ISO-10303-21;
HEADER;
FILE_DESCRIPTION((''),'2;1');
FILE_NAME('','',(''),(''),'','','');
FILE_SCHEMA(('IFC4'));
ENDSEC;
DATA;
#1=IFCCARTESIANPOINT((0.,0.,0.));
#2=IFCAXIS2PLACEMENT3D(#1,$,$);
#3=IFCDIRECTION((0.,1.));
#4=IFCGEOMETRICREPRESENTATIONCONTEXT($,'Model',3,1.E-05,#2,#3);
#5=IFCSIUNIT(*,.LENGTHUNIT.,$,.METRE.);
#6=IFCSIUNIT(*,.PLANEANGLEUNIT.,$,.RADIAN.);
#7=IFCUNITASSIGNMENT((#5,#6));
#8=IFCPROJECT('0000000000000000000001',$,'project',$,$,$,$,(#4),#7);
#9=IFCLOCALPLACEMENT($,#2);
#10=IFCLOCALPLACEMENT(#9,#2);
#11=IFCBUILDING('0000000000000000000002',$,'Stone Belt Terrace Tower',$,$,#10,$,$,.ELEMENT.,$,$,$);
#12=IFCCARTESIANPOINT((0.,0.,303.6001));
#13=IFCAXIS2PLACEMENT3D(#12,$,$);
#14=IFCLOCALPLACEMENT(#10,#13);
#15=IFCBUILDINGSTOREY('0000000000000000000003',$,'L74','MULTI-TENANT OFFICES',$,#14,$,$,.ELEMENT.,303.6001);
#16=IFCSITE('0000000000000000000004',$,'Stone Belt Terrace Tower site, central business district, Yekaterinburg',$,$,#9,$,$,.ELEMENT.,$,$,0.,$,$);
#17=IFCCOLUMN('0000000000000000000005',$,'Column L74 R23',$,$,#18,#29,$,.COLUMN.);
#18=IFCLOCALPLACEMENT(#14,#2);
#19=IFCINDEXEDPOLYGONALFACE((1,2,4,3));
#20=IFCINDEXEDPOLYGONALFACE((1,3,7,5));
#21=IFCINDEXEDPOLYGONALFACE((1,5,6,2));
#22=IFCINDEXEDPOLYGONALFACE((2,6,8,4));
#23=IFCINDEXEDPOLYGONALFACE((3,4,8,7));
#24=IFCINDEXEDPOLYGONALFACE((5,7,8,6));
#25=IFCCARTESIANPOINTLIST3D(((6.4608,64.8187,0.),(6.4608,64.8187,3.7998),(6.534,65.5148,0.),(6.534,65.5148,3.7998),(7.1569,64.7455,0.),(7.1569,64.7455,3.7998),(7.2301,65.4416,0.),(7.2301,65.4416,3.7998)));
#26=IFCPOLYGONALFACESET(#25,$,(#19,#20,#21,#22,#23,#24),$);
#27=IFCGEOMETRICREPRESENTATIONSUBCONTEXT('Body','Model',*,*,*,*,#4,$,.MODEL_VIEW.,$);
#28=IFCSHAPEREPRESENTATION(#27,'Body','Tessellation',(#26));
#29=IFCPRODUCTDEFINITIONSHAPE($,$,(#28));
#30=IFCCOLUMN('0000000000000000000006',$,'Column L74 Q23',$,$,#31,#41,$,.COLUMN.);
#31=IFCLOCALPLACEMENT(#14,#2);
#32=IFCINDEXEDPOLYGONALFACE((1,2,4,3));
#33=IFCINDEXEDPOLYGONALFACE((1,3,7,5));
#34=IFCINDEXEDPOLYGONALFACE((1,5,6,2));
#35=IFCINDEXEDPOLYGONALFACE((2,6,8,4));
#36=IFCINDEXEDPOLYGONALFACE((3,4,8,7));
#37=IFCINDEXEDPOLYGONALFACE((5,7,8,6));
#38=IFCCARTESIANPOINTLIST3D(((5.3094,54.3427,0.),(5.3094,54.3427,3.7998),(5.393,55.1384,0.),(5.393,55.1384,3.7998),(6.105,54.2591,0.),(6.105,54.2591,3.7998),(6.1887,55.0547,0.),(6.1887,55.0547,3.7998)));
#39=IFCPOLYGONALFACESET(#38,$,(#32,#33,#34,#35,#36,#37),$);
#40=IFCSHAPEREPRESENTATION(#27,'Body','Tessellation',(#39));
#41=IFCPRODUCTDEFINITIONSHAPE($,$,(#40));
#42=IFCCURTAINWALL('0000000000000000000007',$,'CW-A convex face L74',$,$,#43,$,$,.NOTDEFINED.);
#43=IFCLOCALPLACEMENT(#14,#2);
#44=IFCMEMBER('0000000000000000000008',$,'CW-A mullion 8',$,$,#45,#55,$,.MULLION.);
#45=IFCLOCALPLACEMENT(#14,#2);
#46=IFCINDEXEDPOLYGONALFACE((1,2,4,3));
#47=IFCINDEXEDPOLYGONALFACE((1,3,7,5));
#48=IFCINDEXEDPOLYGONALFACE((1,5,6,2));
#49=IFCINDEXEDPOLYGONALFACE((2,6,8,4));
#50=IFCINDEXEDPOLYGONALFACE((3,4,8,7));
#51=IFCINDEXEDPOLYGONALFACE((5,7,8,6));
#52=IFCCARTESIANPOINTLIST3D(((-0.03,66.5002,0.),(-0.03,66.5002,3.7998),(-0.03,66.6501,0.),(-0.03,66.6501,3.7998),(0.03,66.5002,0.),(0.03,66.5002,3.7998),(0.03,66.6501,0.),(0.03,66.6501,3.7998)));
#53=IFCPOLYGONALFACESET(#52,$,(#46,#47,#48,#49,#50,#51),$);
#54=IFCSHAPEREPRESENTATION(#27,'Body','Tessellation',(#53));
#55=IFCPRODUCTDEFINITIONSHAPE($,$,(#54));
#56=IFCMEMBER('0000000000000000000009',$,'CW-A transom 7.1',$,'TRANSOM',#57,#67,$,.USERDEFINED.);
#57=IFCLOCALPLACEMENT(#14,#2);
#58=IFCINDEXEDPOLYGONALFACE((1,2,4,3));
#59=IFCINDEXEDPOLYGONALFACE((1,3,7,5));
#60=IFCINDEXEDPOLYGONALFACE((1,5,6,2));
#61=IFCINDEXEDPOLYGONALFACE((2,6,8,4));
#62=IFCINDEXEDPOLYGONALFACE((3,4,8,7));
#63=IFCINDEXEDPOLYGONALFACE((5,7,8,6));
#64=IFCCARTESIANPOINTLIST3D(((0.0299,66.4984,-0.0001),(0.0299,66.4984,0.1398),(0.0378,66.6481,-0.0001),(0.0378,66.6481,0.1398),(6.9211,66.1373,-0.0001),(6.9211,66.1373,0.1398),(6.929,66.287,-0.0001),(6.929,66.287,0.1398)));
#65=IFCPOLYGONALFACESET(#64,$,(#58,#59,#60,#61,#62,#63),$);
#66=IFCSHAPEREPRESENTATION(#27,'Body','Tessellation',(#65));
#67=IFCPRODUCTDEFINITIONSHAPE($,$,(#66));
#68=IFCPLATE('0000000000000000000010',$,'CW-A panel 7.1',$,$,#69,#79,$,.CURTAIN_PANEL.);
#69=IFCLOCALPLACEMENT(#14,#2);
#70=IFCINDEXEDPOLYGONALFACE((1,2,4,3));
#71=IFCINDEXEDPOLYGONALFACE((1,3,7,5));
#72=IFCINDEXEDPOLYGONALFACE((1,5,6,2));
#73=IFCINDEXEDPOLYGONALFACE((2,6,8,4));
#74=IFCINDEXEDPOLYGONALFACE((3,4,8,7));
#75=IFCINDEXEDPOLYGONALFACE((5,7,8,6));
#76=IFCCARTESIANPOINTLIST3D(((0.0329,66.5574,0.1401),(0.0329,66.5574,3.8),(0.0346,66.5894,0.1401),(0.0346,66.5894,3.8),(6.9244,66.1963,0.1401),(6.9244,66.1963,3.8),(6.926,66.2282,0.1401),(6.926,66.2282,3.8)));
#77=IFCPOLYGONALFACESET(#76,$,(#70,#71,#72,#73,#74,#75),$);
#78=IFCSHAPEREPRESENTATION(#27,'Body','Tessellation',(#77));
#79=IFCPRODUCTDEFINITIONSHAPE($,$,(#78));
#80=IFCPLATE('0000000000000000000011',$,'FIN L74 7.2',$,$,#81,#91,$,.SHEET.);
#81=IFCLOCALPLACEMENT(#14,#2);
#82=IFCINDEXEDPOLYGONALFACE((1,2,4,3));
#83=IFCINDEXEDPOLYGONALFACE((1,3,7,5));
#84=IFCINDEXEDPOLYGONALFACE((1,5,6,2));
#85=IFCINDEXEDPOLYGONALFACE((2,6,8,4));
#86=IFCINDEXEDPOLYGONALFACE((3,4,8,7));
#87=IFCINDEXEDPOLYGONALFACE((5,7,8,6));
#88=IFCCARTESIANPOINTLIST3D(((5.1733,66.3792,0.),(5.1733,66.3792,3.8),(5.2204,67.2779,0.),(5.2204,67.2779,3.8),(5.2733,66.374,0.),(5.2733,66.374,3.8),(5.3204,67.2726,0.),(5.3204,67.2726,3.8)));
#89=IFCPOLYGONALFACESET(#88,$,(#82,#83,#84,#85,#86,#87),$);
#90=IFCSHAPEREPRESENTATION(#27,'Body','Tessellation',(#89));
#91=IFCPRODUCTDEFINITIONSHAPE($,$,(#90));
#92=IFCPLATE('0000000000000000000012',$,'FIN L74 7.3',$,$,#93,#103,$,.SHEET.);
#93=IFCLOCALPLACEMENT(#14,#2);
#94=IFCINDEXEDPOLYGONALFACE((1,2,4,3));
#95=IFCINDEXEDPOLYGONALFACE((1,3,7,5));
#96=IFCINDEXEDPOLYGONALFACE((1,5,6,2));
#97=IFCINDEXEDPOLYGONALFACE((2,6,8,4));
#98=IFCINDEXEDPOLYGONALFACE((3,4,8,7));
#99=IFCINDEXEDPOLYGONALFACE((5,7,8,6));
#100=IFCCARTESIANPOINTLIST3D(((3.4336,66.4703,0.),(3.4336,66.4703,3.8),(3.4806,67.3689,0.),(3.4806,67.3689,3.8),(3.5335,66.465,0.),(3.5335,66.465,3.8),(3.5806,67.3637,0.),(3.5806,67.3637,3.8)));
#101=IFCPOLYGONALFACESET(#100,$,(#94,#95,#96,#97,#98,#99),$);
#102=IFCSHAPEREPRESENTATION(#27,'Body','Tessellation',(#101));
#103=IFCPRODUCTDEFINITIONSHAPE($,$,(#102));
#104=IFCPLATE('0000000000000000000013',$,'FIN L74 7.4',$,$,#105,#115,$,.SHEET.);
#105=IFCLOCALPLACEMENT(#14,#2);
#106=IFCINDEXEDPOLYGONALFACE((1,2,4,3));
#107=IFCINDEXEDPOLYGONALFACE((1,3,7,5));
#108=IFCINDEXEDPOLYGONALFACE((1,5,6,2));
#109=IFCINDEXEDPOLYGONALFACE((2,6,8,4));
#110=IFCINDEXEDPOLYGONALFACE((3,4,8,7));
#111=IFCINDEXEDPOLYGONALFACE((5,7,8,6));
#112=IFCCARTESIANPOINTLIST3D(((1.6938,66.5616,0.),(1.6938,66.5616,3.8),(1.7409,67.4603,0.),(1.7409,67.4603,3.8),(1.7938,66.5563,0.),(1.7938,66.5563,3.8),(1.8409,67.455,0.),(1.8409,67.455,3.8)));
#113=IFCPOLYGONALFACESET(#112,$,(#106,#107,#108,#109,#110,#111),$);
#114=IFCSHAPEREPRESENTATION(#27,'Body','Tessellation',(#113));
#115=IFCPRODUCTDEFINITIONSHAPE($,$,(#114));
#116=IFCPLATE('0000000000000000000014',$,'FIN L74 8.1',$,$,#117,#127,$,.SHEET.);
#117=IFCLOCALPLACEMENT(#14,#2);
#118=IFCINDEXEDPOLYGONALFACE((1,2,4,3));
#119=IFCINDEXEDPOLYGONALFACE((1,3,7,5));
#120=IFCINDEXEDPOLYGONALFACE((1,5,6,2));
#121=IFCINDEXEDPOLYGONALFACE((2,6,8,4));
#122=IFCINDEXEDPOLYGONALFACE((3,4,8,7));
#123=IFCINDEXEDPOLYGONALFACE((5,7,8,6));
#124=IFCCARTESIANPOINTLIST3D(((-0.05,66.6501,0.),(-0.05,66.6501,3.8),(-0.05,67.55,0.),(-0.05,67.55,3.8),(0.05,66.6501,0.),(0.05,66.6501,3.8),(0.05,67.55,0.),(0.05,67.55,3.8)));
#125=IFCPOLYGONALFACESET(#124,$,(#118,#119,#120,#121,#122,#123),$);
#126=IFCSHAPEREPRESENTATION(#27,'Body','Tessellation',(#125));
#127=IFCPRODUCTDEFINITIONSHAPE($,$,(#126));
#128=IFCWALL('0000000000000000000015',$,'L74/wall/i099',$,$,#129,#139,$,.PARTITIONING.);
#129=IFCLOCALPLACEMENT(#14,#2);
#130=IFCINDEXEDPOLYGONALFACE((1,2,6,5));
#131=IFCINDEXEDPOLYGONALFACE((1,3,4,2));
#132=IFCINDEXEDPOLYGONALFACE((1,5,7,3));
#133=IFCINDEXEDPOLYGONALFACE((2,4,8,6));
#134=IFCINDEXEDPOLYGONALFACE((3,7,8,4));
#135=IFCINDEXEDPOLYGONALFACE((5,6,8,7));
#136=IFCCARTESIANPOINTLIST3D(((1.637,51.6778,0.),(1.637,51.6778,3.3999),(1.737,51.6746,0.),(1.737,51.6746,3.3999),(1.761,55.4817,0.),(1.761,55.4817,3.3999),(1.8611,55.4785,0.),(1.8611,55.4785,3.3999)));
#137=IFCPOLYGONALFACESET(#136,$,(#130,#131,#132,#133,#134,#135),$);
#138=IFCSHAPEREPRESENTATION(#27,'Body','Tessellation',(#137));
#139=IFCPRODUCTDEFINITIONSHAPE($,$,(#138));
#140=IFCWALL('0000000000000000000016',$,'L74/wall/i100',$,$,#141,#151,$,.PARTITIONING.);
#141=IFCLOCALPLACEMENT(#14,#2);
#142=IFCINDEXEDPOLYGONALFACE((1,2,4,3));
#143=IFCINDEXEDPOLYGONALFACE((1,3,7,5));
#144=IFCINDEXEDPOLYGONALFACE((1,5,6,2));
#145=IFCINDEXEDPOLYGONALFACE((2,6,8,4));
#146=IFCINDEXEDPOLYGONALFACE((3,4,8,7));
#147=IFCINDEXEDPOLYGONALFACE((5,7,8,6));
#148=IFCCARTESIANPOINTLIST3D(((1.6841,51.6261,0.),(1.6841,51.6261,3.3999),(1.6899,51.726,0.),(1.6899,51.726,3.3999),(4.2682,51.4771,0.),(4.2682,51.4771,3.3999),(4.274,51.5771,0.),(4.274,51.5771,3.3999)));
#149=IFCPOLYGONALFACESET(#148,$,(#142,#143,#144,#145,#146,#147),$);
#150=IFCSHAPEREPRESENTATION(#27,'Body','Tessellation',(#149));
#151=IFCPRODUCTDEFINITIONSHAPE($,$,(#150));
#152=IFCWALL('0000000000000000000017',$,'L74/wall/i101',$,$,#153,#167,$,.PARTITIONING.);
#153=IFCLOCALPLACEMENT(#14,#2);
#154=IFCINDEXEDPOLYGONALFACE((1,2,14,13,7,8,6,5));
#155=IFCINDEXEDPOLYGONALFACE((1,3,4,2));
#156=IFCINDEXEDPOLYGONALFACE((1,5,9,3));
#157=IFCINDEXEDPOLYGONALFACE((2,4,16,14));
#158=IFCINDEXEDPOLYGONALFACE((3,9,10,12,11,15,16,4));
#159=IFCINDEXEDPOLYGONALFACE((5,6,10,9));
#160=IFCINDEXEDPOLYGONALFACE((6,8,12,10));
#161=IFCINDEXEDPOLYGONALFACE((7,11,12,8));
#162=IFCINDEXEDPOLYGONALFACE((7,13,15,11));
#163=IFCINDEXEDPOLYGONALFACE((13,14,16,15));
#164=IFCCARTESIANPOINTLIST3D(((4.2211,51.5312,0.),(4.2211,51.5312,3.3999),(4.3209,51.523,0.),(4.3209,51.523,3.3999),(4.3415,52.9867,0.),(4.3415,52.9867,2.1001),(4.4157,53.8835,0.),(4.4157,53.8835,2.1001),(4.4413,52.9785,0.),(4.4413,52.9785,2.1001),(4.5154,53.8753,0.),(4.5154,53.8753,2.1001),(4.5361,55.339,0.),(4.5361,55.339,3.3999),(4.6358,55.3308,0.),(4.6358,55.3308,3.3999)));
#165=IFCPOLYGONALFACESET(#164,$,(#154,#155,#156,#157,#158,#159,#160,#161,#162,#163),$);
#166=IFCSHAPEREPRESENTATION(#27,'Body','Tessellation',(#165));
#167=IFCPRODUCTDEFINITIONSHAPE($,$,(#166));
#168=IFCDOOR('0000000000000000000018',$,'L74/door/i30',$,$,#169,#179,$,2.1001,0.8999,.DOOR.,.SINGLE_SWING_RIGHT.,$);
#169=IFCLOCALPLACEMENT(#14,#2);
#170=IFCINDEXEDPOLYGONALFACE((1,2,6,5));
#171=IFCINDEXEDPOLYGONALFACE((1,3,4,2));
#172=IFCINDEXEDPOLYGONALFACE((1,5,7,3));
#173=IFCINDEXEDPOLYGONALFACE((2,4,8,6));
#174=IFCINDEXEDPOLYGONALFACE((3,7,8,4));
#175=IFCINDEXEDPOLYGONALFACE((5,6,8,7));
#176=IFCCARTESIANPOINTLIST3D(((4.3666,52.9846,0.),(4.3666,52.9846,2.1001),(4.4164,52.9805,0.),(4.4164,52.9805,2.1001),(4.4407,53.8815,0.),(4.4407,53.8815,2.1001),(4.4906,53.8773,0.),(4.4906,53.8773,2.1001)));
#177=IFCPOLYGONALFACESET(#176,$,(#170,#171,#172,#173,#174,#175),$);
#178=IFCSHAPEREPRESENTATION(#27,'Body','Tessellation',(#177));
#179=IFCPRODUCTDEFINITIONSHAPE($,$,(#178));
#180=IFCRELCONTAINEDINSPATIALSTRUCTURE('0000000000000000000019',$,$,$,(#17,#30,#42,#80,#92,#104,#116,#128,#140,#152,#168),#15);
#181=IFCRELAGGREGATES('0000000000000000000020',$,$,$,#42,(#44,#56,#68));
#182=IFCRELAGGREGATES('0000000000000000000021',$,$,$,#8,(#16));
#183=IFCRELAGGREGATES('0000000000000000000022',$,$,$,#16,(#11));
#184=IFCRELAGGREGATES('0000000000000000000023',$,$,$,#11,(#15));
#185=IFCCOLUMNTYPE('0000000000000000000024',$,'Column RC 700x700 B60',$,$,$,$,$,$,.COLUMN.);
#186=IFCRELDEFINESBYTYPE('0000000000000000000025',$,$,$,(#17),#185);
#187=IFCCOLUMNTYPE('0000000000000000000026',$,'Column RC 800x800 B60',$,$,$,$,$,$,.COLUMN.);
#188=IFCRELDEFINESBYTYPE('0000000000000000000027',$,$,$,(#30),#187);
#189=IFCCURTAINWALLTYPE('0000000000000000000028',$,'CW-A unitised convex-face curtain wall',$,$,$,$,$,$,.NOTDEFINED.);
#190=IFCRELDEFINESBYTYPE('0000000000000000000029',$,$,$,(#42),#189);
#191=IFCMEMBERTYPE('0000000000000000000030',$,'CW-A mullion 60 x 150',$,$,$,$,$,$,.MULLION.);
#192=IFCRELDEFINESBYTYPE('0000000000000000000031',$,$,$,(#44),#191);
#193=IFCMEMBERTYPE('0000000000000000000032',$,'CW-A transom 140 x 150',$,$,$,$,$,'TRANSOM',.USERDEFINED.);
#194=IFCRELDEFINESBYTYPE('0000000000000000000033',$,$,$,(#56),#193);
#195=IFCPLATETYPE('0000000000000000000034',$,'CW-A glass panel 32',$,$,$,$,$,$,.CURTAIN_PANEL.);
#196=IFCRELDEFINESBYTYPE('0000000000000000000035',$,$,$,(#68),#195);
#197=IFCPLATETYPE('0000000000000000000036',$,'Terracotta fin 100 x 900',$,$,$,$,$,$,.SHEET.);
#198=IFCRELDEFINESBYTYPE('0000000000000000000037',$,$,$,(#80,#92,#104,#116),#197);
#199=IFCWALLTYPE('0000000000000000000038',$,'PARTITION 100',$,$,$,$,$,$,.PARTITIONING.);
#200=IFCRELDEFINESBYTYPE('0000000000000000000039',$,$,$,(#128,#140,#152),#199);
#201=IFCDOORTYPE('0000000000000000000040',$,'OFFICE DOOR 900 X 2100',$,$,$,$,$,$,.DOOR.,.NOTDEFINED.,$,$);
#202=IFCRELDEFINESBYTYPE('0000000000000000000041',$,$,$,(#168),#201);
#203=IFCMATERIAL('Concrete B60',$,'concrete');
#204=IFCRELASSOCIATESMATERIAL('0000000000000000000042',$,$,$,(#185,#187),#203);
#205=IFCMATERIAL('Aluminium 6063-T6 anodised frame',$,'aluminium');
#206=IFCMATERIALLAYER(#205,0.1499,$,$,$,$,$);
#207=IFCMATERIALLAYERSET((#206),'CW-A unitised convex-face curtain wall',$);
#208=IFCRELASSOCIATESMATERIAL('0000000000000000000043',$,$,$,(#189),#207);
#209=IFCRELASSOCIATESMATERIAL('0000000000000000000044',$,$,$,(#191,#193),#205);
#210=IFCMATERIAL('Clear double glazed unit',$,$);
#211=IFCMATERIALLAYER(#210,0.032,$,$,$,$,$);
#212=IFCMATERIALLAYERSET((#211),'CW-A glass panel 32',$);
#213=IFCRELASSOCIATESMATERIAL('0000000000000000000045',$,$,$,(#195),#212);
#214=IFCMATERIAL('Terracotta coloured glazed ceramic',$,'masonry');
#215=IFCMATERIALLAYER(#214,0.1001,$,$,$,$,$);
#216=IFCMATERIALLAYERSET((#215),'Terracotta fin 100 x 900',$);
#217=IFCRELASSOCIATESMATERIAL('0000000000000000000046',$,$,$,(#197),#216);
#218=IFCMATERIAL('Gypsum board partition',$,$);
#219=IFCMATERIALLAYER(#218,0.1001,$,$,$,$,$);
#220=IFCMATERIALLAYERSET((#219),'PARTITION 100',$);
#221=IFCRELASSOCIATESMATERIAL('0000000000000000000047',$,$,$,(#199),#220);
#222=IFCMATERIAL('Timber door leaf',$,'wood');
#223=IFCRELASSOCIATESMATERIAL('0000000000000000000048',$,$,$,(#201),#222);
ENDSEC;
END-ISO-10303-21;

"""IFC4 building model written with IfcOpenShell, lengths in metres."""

from ifc_helpers import new_model, si_unit, direction, frame, frame_2d, origin, origin_2d, place, context, subcontext, project, spatial, rectangle, extrude, material, layer, layer_set, material_profile, profile_set, type_object, element, fill, aggregate, save


model = new_model("IFC4")

# Units and contexts
model_context = context("Model", 3, precision=1e-05, world=origin(), true_north=direction((0.0, 1.0)))
body_context = subcontext(model_context, "Body", "Model", "MODEL_VIEW")
ifc_project = project(units=[si_unit("LENGTHUNIT", "METRE"), si_unit("PLANEANGLEUNIT", "RADIAN")], contexts=[model_context])

# Site, building, storey
site_placement = place(None, origin())
site = spatial("IfcSite", under=ifc_project, at=site_placement, Name="Stone Belt Terrace Tower site, central business district, Yekaterinburg", CompositionType="ELEMENT", RefElevation=0.0)
building_placement = place(site_placement, origin())
building = spatial("IfcBuilding", under=site, at=building_placement, Name="Stone Belt Terrace Tower", CompositionType="ELEMENT")
storey_placement = place(building_placement, frame((0.0, 0.0, 303.6001)))
storey = spatial("IfcBuildingStorey", under=building, at=storey_placement, Name="L74", Description="MULTI-TENANT OFFICES", CompositionType="ELEMENT", Elevation=303.6001)

# Columns
ifc_material_1 = material(Name="Concrete B60", Category="concrete")
ifc_material_profile_1 = material_profile(ifc_material_1, rectangle(XDim=0.7, YDim=0.7, at=origin_2d()), Name="RC 700x700")
ifc_profile_set_1 = profile_set([ifc_material_profile_1], Name="Concrete B60")
column_type_1 = type_object("IfcColumnType", Name="Column RC 700x700 B60", PredefinedType="COLUMN", material=ifc_profile_set_1)
column_1_placement = place(storey_placement, frame((6.8455, 65.1301, 0.0), z_axis=(0.0, 0.0, 1.0), x_axis=(0.994522, -0.104528, 0.0)))
element("IfcColumn", 1, at=column_1_placement, inside=storey, type_object=column_type_1, Name="Column L74 R23", PredefinedType="COLUMN", context=body_context, shape_type="SweptSolid", body=[
    extrude(rectangle(XDim=0.7, YDim=0.7, at=origin_2d()), origin(), (0.0, 0.0, 1.0), 3.7998),
])
ifc_material_profile_2 = material_profile(ifc_material_1, rectangle(XDim=0.8, YDim=0.8, at=origin_2d()), Name="RC 800x800")
ifc_profile_set_2 = profile_set([ifc_material_profile_2], Name="Concrete B60")
column_type_2 = type_object("IfcColumnType", Name="Column RC 800x800 B60", PredefinedType="COLUMN", material=ifc_profile_set_2)
column_2_placement = place(storey_placement, frame((5.749, 54.6987, 0.0), z_axis=(0.0, 0.0, 1.0), x_axis=(0.994522, -0.104528, 0.0)))
element("IfcColumn", 2, at=column_2_placement, inside=storey, type_object=column_type_2, Name="Column L74 Q23", PredefinedType="COLUMN", context=body_context, shape_type="SweptSolid", body=[
    extrude(rectangle(XDim=0.8, YDim=0.8, at=origin_2d()), origin(), (0.0, 0.0, 1.0), 3.7998),
])

# Curtain wall, members, plate
ifc_material_2 = material(Name="Aluminium 6063-T6 anodised frame", Category="aluminium")
ifc_layer_1 = layer(ifc_material_2, 0.1499)
ifc_layer_set_1 = layer_set([ifc_layer_1], Name="CW-A unitised convex-face curtain wall")
curtain_wall_type = type_object("IfcCurtainWallType", Name="CW-A unitised convex-face curtain wall", PredefinedType="NOTDEFINED", material=ifc_layer_set_1)
curtain_wall_placement = place(storey_placement, origin())
curtain_wall = element("IfcCurtainWall", 3, at=curtain_wall_placement, inside=storey, type_object=curtain_wall_type, Name="CW-A convex face L74", PredefinedType="NOTDEFINED")
ifc_material_profile_3 = material_profile(ifc_material_2, rectangle(XDim=0.1499, YDim=0.0601, at=origin_2d()), Name="Aluminium 6063-T6 60x150")
ifc_profile_set_3 = profile_set([ifc_material_profile_3], Name="Aluminium 6063-T6 anodised frame")
member_type_1 = type_object("IfcMemberType", Name="CW-A mullion 60 x 150", PredefinedType="MULLION", material=ifc_profile_set_3)
member_1_placement = place(storey_placement, frame((0.0, 66.5752, 0.0), z_axis=(0.0, 0.0, 1.0), x_axis=(0.0, -1.0, 0.0)))
member_1 = element("IfcMember", 4, at=member_1_placement, type_object=member_type_1, Name="CW-A mullion 8", PredefinedType="MULLION", context=body_context, shape_type="SweptSolid", body=[
    extrude(rectangle(XDim=0.1499, YDim=0.0601, at=origin_2d()), origin(), (0.0, 0.0, 1.0), 3.7998),
])
ifc_material_profile_4 = material_profile(ifc_material_2, rectangle(XDim=0.1499, YDim=0.1399, at=origin_2d()), Name="Aluminium 6063-T6 150x140")
ifc_profile_set_4 = profile_set([ifc_material_profile_4], Name="Aluminium 6063-T6 anodised frame")
member_type_2 = type_object("IfcMemberType", Name="CW-A transom 140 x 150", ElementType="TRANSOM", PredefinedType="USERDEFINED", material=ifc_profile_set_4)
member_2_placement = place(storey_placement, frame((6.925, 66.2122, 0.0698), z_axis=(-0.99863, 0.052327, 0.0), x_axis=(-0.052327, -0.99863, 0.0)))
member_2 = element("IfcMember", 5, at=member_2_placement, type_object=member_type_2, Name="CW-A transom 7.1", ObjectType="TRANSOM", PredefinedType="USERDEFINED", context=body_context, shape_type="SweptSolid", body=[
    extrude(rectangle(XDim=0.1499, YDim=0.1399, at=origin_2d()), origin(), (0.0, 0.0, 1.0), 6.9006),
])
ifc_material_3 = material(Name="Clear double glazed unit")
ifc_layer_2 = layer(ifc_material_3, 0.032)
ifc_layer_set_2 = layer_set([ifc_layer_2], Name="CW-A glass panel 32")
plate_type_1 = type_object("IfcPlateType", Name="CW-A glass panel 32", PredefinedType="CURTAIN_PANEL", material=ifc_layer_set_2)
plate_placement = place(storey_placement, frame((3.4795, 66.3928, 0.1401), z_axis=(0.0, 0.0, 1.0), x_axis=(-0.99863, 0.052336, 0.0)))
plate = element("IfcPlate", 6, at=plate_placement, type_object=plate_type_1, Name="CW-A panel 7.1", PredefinedType="CURTAIN_PANEL", context=body_context, shape_type="SweptSolid", body=[
    extrude(rectangle(XDim=6.9009, YDim=0.032, at=origin_2d()), origin(), (0.0, 0.0, 1.0), 3.6599),
])
aggregate(curtain_wall, [member_1, member_2, plate])

# Plates
ifc_material_4 = material(Name="Terracotta coloured glazed ceramic", Category="masonry")
ifc_layer_3 = layer(ifc_material_4, 0.1001)
ifc_layer_set_3 = layer_set([ifc_layer_3], Name="Terracotta fin 100 x 900")
plate_type_2 = type_object("IfcPlateType", Name="Terracotta fin 100 x 900", PredefinedType="SHEET", material=ifc_layer_set_3)
for number, where, z_axis, x_axis, name in (
    (7, (5.2468, 66.8259, 0.0), (0.0, 0.0, 1.0), (0.052336, 0.99863, 0.0), "FIN L74 7.2"),
    (8, (3.5071, 66.917, 0.0), (0.0, 0.0, 1.0), (0.052336, 0.99863, 0.0), "FIN L74 7.3"),
    (9, (1.7673, 67.0083, 0.0), (0.0, 0.0, 1.0), (0.052336, 0.99863, 0.0), "FIN L74 7.4"),
    (10, (0.0, 67.1001, 0.0), (0.0, 0.0, 1.0), (0.0, 1.0, 0.0), "FIN L74 8.1"),
):
    element("IfcPlate", number, at=place(storey_placement, frame(where, z_axis=z_axis, x_axis=x_axis)), inside=storey, type_object=plate_type_2, Name=name, PredefinedType="SHEET", context=body_context, shape_type="SweptSolid", body=[
        extrude(rectangle(XDim=0.8999, YDim=0.1001, at=origin_2d()), origin(), (0.0, 0.0, 1.0), 3.8),
    ])

# Walls
ifc_material_5 = material(Name="Gypsum board partition")
ifc_layer_4 = layer(ifc_material_5, 0.1001)
ifc_layer_set_4 = layer_set([ifc_layer_4], Name="PARTITION 100")
wall_type_1 = type_object("IfcWallType", Name="PARTITION 100", PredefinedType="PARTITIONING", material=ifc_layer_set_4)
wall_1_placement = place(storey_placement, frame((1.811, 55.48, 0.0), z_axis=(0.0, 0.0, 1.0), x_axis=(-0.032586, -0.999469, 0.0)))
element("IfcWall", 11, at=wall_1_placement, inside=storey, type_object=wall_type_1, Name="L74/wall/i099", PredefinedType="PARTITIONING", context=body_context, shape_type="SweptSolid", body=[
    extrude(rectangle(XDim=3.8059, YDim=0.1001, at=frame_2d((1.9028, 0.0))), origin(), (0.0, 0.0, 1.0), 3.3999),
])
wall_2_placement = place(storey_placement, frame((1.687, 51.676, 0.0), z_axis=(0.0, 0.0, 1.0), x_axis=(0.998343, -0.057539, 0.0)))
element("IfcWall", 12, at=wall_2_placement, inside=storey, type_object=wall_type_1, Name="L74/wall/i100", PredefinedType="PARTITIONING", context=body_context, shape_type="SweptSolid", body=[
    extrude(rectangle(XDim=2.5884, YDim=0.1001, at=frame_2d((1.2942, 0.0))), origin(), (0.0, 0.0, 1.0), 3.3999),
])

# Wall, opening, door
wall_3_placement = place(storey_placement, frame((4.271, 51.5271, 0.0), z_axis=(0.0, 0.0, 1.0), x_axis=(0.082427, 0.996597, 0.0)))
wall_3 = element("IfcWall", 13, at=wall_3_placement, inside=storey, type_object=wall_type_1, Name="L74/wall/i101", PredefinedType="PARTITIONING", context=body_context, shape_type="SweptSolid", body=[
    extrude(rectangle(XDim=3.8208, YDim=0.1001, at=frame_2d((1.9104, 0.0))), origin(), (0.0, 0.0, 1.0), 3.3999),
])
opening_1_placement = place(wall_3_placement, frame((1.4604, 0.0, 0.0)))
opening_1 = element("IfcOpeningElement", 14, at=opening_1_placement, cuts=wall_3, PredefinedType="OPENING", context=body_context, shape_type="SweptSolid", body=[
    extrude(rectangle(XDim=0.8999, YDim=2.1001, at=frame_2d((0.45, 1.05))), frame((0.0, 0.0601, 0.0), z_axis=(0.0, -1.0, 0.0), x_axis=(1.0, 0.0, 0.0)), (0.0, 0.0, 1.0), 0.1201),
])
ifc_material_6 = material(Name="Timber door leaf", Category="wood")
door_type_1 = type_object("IfcDoorType", Name="OFFICE DOOR 900 X 2100", OperationType="NOTDEFINED", PredefinedType="DOOR", material=ifc_material_6)
door_1_placement = place(opening_1_placement, origin())
door_1 = element("IfcDoor", 15, at=door_1_placement, inside=storey, type_object=door_type_1, Name="L74/door/i30", OperationType="SINGLE_SWING_RIGHT", OverallHeight=2.1001, OverallWidth=0.8999, PredefinedType="DOOR", context=body_context, shape_type="SweptSolid", body=[
    extrude(rectangle(XDim=0.8999, YDim=2.1001, at=frame_2d((0.45, 1.05))), frame((0.0, 0.0249, 0.0), z_axis=(0.0, -1.0, 0.0), x_axis=(1.0, 0.0, 0.0)), (0.0, 0.0, 1.0), 0.05),
])
fill(opening_1, door_1)

save(model, "model.ifc")
